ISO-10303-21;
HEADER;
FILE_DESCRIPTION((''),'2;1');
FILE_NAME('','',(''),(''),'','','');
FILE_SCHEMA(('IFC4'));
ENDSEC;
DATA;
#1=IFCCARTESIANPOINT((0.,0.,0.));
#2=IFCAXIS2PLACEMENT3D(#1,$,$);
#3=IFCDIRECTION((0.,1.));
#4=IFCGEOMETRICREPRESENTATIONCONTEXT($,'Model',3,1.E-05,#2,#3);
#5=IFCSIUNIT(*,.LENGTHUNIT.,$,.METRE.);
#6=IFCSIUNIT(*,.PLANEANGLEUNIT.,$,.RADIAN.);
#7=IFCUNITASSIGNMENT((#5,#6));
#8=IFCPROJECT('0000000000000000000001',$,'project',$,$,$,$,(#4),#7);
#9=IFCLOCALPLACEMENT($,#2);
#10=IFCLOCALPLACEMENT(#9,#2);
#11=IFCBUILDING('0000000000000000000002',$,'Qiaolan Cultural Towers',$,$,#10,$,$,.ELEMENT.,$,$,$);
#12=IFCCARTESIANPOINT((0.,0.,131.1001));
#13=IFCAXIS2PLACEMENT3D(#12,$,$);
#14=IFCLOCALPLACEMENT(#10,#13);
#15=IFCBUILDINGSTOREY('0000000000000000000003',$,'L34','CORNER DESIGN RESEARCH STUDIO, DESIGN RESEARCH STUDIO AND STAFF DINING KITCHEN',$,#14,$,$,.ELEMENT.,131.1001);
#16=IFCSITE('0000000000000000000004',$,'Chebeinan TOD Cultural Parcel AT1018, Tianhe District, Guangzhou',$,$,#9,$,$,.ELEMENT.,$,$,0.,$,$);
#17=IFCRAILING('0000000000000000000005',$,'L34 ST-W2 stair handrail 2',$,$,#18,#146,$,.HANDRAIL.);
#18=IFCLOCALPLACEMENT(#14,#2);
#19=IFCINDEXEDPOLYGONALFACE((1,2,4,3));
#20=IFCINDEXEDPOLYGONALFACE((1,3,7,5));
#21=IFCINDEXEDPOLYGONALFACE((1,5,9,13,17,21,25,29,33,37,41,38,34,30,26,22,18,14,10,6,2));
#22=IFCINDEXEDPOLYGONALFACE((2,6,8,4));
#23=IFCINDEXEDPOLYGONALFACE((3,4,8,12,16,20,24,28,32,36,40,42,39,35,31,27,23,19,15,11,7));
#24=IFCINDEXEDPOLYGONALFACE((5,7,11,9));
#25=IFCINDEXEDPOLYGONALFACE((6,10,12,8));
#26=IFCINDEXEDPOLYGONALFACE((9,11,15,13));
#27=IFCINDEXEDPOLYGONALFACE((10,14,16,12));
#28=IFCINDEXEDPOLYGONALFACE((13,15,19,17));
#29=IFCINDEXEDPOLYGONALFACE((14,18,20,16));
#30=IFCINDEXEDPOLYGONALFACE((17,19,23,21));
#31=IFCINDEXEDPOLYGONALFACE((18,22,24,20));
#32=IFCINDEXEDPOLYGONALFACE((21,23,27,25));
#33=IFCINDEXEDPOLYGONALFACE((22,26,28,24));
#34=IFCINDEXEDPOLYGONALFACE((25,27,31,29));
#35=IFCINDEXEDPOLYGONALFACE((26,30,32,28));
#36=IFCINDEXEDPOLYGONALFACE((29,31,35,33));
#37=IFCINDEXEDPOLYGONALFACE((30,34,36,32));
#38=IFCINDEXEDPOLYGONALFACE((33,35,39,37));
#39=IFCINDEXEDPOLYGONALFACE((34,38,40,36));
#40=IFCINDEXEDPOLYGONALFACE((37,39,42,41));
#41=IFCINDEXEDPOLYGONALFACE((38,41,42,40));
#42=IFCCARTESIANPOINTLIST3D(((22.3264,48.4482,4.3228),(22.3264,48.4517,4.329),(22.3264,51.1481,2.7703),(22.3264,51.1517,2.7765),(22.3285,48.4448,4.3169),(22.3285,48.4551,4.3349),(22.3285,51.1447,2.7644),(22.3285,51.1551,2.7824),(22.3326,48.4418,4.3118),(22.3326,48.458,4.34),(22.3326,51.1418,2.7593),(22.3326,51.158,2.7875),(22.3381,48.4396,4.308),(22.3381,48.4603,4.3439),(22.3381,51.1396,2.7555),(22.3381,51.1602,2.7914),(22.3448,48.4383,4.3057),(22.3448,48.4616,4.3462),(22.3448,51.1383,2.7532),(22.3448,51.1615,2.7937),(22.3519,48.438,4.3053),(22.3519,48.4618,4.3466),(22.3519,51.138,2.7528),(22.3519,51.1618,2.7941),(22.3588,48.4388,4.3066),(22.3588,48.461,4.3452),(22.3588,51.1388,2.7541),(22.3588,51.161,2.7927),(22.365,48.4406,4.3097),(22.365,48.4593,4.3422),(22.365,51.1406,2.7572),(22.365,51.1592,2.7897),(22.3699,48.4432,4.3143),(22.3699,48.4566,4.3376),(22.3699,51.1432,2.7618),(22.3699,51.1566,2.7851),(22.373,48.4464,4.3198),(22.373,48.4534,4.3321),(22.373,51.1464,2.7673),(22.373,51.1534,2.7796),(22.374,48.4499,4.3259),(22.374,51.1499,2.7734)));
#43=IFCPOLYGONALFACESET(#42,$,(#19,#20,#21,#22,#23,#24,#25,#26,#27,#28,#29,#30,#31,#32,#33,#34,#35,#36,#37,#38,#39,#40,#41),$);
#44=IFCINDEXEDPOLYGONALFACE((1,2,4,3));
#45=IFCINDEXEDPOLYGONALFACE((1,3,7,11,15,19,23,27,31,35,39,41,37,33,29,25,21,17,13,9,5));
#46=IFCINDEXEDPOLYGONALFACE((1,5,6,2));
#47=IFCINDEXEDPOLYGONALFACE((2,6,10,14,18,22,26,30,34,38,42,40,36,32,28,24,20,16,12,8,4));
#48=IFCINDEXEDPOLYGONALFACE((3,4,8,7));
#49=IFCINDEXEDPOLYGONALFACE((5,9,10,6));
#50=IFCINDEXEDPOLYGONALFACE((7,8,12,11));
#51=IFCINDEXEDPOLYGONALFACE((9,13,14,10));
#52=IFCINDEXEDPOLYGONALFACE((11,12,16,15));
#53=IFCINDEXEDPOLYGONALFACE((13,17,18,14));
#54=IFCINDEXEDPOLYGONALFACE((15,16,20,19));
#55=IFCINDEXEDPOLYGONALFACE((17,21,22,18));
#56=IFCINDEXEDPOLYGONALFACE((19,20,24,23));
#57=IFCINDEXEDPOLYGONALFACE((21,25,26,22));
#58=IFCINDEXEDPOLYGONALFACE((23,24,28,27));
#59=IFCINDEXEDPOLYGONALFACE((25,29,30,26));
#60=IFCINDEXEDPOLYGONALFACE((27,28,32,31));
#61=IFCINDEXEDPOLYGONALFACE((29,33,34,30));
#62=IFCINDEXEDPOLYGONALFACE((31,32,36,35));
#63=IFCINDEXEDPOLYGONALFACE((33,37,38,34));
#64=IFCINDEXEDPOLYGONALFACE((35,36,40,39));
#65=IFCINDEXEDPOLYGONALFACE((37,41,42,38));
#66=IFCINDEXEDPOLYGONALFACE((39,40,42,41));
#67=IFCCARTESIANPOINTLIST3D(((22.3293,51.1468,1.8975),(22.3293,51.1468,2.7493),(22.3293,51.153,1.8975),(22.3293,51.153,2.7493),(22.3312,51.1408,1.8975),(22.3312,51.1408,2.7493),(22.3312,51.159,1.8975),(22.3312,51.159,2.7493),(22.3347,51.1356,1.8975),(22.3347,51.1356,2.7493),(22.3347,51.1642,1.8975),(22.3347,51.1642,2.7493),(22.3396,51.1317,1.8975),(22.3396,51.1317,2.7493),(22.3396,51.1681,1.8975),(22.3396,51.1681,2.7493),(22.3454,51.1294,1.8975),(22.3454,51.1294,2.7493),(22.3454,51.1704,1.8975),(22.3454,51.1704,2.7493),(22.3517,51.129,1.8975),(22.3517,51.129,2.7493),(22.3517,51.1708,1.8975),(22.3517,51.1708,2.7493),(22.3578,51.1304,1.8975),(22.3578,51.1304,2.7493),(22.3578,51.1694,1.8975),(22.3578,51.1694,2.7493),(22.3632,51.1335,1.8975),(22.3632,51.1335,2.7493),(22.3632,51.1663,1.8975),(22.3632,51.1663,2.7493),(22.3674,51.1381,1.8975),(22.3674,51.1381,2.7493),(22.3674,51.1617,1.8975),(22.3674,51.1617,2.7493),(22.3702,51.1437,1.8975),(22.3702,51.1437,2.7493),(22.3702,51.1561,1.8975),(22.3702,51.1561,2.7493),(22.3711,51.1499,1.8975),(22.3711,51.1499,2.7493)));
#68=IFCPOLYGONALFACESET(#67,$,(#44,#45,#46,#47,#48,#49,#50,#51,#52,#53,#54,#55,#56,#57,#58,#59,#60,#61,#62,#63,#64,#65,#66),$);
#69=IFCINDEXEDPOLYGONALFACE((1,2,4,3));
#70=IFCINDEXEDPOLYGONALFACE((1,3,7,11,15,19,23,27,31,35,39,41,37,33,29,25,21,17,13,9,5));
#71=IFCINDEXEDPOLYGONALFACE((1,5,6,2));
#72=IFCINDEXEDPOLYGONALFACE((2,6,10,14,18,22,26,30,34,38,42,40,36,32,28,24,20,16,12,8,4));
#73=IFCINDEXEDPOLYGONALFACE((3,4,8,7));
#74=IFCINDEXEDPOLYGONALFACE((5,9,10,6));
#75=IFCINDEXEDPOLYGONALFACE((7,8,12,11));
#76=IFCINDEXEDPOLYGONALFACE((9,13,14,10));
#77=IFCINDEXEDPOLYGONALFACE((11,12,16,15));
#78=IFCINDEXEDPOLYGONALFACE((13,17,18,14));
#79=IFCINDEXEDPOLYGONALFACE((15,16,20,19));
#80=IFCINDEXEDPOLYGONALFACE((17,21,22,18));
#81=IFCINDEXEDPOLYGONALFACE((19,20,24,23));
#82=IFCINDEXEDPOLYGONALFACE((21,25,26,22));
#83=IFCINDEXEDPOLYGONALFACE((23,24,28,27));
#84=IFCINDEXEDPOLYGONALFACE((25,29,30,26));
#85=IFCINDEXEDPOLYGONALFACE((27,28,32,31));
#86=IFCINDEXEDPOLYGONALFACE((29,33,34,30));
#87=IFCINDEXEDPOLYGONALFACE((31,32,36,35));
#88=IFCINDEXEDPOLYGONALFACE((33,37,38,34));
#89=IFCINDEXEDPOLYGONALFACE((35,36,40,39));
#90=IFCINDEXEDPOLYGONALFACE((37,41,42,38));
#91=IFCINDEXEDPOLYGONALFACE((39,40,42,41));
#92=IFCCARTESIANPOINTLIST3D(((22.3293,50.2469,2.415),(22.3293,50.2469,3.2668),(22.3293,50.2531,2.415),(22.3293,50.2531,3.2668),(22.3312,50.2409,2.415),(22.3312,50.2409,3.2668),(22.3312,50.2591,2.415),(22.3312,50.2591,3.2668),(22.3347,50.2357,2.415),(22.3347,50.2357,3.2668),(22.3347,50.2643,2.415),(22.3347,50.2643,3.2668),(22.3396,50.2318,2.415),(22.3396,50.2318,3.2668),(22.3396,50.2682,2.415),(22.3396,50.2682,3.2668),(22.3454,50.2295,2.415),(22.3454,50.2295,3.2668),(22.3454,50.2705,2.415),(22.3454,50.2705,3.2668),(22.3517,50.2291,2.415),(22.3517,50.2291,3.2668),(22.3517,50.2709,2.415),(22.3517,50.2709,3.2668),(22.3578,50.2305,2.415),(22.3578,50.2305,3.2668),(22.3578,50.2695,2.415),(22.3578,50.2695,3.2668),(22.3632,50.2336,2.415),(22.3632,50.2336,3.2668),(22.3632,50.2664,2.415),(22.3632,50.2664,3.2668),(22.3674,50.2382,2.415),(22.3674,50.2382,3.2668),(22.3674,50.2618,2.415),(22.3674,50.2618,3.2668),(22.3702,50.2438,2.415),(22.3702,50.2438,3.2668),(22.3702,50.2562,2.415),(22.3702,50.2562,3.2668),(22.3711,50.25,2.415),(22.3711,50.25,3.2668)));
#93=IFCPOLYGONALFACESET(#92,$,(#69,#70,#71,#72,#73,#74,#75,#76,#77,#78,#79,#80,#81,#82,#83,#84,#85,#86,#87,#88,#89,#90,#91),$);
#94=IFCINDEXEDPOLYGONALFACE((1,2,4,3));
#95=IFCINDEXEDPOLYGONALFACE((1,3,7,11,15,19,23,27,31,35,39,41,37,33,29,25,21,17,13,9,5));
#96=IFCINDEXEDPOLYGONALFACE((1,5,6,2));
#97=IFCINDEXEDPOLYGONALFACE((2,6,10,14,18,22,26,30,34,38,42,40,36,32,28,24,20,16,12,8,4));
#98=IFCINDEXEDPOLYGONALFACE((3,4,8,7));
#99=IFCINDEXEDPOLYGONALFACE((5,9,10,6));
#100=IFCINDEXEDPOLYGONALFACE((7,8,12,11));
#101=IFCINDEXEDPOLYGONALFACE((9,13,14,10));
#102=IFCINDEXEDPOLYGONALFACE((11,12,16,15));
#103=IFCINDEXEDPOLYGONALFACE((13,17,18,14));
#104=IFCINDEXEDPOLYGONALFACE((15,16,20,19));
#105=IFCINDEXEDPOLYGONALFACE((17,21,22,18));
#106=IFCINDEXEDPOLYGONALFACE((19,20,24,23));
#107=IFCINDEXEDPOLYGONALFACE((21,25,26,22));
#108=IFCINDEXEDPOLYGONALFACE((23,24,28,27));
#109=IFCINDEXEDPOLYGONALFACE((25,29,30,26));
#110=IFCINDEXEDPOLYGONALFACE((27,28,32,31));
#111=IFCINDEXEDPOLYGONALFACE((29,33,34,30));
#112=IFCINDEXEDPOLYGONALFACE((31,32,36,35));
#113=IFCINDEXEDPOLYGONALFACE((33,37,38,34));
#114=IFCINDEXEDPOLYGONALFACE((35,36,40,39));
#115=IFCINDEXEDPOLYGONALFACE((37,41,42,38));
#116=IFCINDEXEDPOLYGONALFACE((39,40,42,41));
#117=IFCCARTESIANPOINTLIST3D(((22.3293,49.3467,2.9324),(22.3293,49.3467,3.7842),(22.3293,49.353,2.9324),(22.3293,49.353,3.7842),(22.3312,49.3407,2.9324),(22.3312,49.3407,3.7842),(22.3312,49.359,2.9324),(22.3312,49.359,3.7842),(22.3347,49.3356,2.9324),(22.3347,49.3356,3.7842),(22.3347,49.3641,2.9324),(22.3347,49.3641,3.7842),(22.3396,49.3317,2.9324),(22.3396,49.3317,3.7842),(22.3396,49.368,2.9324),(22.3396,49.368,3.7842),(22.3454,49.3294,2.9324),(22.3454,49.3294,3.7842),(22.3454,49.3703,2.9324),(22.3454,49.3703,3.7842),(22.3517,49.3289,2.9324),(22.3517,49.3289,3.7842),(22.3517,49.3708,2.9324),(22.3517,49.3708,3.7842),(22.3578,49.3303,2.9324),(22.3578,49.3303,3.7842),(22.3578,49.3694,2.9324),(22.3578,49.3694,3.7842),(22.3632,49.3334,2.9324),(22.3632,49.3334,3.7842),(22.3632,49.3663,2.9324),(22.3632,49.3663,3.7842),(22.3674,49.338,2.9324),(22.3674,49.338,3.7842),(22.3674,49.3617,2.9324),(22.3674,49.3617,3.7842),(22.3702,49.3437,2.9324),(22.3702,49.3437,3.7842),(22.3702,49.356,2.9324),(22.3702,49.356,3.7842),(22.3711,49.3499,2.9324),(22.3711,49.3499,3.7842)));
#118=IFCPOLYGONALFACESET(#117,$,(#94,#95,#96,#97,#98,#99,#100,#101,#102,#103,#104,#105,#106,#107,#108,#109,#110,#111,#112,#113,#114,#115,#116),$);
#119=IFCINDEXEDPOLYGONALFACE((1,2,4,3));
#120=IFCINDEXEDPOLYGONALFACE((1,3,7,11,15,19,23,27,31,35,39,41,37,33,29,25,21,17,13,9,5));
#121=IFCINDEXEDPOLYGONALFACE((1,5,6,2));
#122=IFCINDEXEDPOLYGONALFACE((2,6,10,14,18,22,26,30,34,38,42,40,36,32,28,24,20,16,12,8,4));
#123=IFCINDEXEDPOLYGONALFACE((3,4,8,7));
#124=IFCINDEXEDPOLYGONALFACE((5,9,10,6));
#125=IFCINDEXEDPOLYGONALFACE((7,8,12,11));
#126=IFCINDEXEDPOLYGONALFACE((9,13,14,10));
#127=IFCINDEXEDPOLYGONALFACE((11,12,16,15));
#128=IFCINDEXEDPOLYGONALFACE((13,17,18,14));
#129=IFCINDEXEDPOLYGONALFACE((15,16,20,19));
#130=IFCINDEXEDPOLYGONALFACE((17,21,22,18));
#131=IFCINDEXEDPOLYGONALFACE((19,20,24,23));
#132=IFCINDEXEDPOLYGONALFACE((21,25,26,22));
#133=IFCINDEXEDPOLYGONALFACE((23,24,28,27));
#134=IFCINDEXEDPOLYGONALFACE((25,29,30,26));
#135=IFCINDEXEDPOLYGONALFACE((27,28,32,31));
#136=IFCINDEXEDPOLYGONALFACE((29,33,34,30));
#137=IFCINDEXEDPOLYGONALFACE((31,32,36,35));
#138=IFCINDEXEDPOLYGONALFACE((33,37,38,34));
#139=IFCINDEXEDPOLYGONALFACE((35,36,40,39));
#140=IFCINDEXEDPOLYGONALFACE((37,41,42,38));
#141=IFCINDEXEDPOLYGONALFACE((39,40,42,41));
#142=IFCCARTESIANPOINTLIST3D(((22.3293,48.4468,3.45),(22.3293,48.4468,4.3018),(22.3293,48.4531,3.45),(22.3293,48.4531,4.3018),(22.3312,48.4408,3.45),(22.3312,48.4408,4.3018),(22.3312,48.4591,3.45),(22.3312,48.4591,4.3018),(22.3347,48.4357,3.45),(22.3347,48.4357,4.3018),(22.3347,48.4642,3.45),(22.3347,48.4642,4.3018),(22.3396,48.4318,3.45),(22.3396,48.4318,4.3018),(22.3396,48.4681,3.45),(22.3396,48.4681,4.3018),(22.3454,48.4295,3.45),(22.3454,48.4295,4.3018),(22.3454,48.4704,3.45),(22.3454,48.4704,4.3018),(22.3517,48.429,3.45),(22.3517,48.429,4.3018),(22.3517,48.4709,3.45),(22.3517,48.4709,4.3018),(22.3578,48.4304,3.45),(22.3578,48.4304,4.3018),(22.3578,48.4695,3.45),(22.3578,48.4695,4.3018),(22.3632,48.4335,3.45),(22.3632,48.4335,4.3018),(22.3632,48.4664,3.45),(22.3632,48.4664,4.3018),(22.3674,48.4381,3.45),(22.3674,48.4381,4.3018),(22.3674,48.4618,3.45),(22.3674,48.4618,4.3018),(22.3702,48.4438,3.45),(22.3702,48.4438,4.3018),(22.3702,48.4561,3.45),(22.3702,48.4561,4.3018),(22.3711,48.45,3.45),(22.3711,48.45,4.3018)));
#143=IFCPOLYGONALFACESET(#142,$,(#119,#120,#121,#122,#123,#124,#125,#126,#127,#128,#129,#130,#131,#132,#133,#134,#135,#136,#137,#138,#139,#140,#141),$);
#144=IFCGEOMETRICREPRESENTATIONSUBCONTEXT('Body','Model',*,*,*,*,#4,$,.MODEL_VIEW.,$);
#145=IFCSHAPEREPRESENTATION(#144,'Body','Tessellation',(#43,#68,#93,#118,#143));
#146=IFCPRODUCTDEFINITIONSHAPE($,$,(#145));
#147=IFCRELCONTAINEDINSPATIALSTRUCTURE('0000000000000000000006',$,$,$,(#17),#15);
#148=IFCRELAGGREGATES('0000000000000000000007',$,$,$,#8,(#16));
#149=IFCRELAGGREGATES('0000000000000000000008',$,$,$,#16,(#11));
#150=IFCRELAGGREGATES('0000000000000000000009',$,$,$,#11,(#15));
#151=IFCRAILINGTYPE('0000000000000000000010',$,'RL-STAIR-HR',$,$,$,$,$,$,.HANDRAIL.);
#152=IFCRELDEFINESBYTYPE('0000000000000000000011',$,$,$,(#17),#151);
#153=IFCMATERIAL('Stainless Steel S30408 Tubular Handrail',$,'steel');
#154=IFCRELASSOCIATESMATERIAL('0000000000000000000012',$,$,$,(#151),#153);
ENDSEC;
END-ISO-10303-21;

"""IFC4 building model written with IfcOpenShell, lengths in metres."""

from ifc_helpers import new_model, si_unit, direction, frame, origin, origin_2d, place, context, subcontext, project, spatial, circle, extrude, material, type_object, element, save


model = new_model("IFC4")

# Units and contexts
model_context = context("Model", 3, precision=1e-05, world=origin(), true_north=direction((0.0, 1.0)))
body_context = subcontext(model_context, "Body", "Model", "MODEL_VIEW")
ifc_project = project(units=[si_unit("LENGTHUNIT", "METRE"), si_unit("PLANEANGLEUNIT", "RADIAN")], contexts=[model_context])

# Site, building, storey
site_placement = place(None, origin())
site = spatial("IfcSite", under=ifc_project, at=site_placement, Name="Chebeinan TOD Cultural Parcel AT1018, Tianhe District, Guangzhou", CompositionType="ELEMENT", RefElevation=0.0)
building_placement = place(site_placement, origin())
building = spatial("IfcBuilding", under=site, at=building_placement, Name="Qiaolan Cultural Towers", CompositionType="ELEMENT")
storey_placement = place(building_placement, frame((0.0, 0.0, 131.1001)))
storey = spatial("IfcBuildingStorey", under=building, at=storey_placement, Name="L34", Description="CORNER DESIGN RESEARCH STUDIO, DESIGN RESEARCH STUDIO AND STAFF DINING KITCHEN", CompositionType="ELEMENT", Elevation=131.1001)

# Railing
ifc_material_1 = material(Name="Stainless Steel S30408 Tubular Handrail", Category="steel")
railing_type_1 = type_object("IfcRailingType", Name="RL-STAIR-HR", PredefinedType="HANDRAIL", material=ifc_material_1)
railing_1_placement = place(storey_placement, frame((22.3501, 51.1499, 1.8975)))
element("IfcRailing", 1, at=railing_1_placement, inside=storey, type_object=railing_type_1, Name="L34 ST-W2 stair handrail 2", PredefinedType="HANDRAIL", context=body_context, shape_type="SweptSolid", body=[
    extrude(circle(Radius=0.0239, at=origin_2d()), frame((0.0, 0.0, 0.876), z_axis=(0.0, -0.866904, 0.498476), x_axis=(1.0, 0.0, 0.0)), (0.0, 0.0, 1.0), 3.1145),
    extrude(circle(Radius=0.021, at=origin_2d()), origin(), (0.0, 0.0, 1.0), 0.8518),
    extrude(circle(Radius=0.021, at=origin_2d()), frame((0.0, -0.8999, 0.5176)), (0.0, 0.0, 1.0), 0.8518),
    extrude(circle(Radius=0.021, at=origin_2d()), frame((0.0, -1.8, 1.0349)), (0.0, 0.0, 1.0), 0.8518),
    extrude(circle(Radius=0.021, at=origin_2d()), frame((0.0, -2.7, 1.5525)), (0.0, 0.0, 1.0), 0.8518),
])

save(model, "model.ifc")
